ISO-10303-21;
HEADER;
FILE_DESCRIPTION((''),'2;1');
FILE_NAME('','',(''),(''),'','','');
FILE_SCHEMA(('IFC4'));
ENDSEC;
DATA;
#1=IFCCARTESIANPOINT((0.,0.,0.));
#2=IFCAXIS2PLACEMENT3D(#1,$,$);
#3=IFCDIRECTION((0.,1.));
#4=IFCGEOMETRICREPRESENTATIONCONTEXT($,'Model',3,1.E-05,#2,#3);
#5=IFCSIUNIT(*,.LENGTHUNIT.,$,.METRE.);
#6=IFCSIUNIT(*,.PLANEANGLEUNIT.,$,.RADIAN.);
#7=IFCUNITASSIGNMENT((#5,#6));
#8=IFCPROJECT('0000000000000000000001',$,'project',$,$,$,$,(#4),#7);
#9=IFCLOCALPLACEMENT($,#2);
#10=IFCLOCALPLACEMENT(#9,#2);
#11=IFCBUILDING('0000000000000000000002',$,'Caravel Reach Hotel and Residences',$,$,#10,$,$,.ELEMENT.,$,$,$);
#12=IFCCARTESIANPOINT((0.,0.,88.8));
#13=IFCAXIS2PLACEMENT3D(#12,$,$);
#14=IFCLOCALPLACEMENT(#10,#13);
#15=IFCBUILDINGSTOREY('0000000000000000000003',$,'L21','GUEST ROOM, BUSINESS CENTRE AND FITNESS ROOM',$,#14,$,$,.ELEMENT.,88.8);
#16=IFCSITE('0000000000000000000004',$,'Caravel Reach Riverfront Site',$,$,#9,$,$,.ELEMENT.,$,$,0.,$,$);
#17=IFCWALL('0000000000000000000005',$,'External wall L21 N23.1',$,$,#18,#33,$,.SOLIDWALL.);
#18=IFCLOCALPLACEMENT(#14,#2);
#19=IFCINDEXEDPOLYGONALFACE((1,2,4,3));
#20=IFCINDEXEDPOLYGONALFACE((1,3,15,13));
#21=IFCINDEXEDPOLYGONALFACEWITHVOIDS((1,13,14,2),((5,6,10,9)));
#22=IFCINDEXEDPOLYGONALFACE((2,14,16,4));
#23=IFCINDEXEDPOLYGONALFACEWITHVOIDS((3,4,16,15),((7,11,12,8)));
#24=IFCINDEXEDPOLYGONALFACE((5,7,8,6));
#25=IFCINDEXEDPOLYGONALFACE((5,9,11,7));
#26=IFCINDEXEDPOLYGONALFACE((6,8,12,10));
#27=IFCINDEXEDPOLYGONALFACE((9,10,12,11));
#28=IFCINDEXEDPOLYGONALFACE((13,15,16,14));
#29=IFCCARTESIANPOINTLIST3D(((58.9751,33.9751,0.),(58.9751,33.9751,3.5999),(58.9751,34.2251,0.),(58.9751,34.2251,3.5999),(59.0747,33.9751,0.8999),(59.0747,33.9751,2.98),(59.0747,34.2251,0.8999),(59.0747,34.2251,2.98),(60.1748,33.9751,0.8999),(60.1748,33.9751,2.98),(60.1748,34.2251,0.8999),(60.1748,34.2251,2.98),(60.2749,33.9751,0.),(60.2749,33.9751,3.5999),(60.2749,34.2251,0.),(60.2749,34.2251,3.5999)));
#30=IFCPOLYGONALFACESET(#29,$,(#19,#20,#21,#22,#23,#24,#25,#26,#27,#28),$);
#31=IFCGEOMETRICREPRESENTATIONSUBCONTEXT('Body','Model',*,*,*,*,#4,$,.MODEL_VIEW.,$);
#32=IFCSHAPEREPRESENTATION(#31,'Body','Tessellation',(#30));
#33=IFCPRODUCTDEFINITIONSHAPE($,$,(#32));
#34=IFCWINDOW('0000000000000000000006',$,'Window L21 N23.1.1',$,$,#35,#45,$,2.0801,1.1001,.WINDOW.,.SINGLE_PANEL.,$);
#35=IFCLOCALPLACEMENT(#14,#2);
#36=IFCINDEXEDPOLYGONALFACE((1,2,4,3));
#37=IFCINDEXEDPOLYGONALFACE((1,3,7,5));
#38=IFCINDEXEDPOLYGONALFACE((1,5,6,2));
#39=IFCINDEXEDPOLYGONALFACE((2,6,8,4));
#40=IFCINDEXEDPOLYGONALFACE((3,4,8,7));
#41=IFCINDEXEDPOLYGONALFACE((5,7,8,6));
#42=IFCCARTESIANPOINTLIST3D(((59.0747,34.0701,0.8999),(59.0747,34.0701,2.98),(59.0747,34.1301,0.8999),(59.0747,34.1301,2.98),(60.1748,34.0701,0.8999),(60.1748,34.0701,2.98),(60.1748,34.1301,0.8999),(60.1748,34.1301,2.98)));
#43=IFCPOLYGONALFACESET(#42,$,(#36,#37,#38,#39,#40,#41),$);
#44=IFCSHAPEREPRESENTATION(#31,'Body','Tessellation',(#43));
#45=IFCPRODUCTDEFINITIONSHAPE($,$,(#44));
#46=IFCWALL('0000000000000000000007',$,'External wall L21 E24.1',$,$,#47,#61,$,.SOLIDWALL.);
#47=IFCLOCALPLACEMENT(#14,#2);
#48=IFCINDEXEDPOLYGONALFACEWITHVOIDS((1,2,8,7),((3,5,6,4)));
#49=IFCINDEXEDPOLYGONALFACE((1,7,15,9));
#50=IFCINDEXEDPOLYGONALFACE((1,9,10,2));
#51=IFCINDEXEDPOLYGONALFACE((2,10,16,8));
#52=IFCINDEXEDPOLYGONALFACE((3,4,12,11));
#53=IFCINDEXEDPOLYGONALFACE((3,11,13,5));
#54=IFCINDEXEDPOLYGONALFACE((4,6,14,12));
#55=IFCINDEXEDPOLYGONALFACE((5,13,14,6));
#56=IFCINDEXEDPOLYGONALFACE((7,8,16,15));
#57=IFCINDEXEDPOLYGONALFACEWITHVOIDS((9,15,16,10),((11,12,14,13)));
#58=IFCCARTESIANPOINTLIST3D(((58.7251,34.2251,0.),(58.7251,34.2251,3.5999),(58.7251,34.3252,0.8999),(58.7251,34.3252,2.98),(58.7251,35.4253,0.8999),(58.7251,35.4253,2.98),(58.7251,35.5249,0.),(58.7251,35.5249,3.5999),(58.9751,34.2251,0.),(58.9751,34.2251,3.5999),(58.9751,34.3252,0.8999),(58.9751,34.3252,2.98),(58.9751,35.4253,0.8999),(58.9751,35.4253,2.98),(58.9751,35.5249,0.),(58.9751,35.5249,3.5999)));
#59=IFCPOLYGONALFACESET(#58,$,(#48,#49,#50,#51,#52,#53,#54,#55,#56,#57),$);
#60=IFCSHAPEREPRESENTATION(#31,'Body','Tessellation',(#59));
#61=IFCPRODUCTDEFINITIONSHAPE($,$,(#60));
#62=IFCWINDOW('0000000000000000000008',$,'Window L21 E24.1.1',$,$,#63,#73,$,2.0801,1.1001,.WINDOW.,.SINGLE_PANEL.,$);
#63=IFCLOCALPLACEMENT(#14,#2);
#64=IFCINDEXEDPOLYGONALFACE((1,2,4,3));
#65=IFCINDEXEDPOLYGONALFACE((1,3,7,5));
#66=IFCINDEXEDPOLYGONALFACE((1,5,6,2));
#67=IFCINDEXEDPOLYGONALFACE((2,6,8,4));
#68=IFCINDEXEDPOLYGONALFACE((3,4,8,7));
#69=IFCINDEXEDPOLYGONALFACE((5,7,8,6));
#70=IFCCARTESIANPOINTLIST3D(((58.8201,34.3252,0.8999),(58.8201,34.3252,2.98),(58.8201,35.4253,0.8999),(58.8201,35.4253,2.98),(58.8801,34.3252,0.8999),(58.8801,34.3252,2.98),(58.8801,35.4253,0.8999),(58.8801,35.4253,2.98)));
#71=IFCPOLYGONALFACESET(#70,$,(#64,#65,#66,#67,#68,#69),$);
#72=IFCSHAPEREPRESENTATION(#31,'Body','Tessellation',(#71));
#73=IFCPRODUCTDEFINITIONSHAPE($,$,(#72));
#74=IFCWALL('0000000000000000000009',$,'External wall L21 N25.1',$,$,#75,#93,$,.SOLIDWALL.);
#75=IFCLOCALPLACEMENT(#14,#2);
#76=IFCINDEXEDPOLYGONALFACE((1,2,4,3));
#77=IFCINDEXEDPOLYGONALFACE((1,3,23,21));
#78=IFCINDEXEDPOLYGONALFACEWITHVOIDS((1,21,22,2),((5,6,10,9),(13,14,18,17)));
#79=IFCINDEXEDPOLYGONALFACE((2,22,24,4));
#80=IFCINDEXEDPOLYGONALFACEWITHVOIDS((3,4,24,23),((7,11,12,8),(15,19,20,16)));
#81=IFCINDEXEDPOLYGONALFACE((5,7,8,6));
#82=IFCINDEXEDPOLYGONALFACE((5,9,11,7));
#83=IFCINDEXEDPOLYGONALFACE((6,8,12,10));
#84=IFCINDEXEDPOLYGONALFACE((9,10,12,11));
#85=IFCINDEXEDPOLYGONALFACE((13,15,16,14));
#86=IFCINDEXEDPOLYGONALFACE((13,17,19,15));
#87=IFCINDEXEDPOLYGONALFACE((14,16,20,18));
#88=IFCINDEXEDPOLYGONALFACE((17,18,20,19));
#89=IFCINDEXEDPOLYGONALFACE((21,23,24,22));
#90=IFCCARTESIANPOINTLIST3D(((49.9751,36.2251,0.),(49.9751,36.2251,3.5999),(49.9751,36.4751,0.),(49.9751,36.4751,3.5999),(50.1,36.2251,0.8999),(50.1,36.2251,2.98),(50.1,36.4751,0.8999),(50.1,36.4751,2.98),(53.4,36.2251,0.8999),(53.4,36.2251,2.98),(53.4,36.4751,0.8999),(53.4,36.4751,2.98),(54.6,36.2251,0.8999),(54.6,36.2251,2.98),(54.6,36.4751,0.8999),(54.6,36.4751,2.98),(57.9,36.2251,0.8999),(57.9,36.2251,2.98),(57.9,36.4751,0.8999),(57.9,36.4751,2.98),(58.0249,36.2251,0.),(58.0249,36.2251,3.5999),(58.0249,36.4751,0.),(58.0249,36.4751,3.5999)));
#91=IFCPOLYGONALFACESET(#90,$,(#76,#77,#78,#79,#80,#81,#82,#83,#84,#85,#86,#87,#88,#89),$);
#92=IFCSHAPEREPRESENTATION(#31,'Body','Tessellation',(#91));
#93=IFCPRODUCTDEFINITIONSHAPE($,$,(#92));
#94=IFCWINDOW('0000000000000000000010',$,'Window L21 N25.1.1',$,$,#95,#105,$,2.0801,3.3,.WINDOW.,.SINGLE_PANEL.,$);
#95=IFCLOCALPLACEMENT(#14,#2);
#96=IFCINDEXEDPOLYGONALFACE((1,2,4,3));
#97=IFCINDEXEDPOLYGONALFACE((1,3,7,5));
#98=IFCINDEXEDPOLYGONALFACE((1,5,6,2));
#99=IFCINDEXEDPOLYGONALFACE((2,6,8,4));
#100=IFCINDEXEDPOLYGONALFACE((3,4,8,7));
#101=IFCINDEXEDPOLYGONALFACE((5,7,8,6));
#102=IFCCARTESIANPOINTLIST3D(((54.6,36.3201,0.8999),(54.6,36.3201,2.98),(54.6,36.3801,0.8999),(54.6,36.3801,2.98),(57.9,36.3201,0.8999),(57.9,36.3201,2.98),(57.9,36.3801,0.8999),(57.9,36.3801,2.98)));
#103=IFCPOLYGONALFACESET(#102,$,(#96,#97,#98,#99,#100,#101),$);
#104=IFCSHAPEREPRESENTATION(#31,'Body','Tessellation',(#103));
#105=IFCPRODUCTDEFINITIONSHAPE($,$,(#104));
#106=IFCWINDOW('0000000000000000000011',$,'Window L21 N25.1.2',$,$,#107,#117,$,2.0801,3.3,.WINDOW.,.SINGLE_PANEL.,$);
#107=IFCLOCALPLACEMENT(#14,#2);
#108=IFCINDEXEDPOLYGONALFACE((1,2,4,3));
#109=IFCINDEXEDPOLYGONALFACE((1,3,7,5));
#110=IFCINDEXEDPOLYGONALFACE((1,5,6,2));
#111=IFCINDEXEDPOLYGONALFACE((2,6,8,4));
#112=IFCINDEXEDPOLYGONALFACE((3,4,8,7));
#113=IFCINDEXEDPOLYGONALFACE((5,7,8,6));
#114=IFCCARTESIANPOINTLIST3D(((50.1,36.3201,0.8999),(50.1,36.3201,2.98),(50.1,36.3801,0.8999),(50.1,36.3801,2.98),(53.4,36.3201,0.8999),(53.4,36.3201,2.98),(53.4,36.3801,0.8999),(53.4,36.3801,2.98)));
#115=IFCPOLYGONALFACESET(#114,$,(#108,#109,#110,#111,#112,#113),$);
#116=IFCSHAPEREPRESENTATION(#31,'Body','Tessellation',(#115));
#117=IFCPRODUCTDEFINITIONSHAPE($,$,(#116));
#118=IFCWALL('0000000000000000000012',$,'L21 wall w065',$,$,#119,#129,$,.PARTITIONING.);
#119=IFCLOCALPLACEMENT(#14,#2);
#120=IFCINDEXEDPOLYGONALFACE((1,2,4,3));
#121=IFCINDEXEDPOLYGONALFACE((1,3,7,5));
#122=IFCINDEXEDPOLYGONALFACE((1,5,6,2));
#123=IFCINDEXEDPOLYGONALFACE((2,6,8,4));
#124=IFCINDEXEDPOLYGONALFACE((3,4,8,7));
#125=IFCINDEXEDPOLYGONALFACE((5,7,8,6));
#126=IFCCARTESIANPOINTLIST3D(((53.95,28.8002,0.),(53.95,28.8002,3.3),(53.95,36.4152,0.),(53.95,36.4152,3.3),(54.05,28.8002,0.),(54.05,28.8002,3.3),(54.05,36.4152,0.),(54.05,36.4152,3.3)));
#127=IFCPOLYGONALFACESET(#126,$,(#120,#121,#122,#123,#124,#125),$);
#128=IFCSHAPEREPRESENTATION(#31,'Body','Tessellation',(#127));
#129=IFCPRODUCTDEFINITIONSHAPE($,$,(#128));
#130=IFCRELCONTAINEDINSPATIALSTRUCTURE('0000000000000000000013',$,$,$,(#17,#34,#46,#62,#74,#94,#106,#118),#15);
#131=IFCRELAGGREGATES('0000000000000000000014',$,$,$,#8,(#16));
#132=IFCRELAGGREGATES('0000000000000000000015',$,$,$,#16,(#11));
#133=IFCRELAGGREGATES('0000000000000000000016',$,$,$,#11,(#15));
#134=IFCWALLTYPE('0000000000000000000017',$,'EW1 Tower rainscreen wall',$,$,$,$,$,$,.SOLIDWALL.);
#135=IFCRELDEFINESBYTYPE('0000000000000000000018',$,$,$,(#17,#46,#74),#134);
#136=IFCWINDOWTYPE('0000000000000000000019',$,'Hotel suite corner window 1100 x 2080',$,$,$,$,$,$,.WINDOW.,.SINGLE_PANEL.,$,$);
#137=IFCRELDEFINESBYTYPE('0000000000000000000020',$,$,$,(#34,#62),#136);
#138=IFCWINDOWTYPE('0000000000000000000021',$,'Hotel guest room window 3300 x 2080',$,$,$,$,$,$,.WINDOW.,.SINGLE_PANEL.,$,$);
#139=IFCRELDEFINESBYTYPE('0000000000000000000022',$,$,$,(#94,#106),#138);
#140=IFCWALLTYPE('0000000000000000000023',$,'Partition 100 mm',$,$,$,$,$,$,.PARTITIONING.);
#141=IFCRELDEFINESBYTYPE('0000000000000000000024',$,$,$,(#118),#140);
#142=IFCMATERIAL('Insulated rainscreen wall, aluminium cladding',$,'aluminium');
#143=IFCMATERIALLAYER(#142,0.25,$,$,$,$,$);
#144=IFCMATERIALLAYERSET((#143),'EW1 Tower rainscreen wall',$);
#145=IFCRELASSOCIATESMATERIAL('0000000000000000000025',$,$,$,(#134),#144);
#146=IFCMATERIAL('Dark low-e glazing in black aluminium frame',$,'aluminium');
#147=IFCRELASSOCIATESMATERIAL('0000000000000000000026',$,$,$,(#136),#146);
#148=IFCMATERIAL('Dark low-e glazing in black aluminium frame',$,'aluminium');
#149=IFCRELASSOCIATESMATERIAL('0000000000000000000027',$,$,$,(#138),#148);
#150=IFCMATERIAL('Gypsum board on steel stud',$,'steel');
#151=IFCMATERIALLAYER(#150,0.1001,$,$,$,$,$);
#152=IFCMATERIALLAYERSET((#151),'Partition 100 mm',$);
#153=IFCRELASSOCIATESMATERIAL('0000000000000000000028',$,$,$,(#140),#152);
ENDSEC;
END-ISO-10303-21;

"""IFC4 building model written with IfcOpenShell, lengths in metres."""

from ifc_helpers import new_model, si_unit, direction, frame, frame_2d, origin, place, context, subcontext, project, spatial, rectangle, extrude, material, layer, layer_set, type_object, element, fill, save


model = new_model("IFC4")

# Units and contexts
model_context = context("Model", 3, precision=1e-05, world=origin(), true_north=direction((0.0, 1.0)))
body_context = subcontext(model_context, "Body", "Model", "MODEL_VIEW")
ifc_project = project(units=[si_unit("LENGTHUNIT", "METRE"), si_unit("PLANEANGLEUNIT", "RADIAN")], contexts=[model_context])

# Site, building, storey
site_placement = place(None, origin())
site = spatial("IfcSite", under=ifc_project, at=site_placement, Name="Caravel Reach Riverfront Site", CompositionType="ELEMENT", RefElevation=0.0)
building_placement = place(site_placement, origin())
building = spatial("IfcBuilding", under=site, at=building_placement, Name="Caravel Reach Hotel and Residences", CompositionType="ELEMENT")
storey_placement = place(building_placement, frame((0.0, 0.0, 88.8)))
storey = spatial("IfcBuildingStorey", under=building, at=storey_placement, Name="L21", Description="GUEST ROOM, BUSINESS CENTRE AND FITNESS ROOM", CompositionType="ELEMENT", Elevation=88.8)

# Walls, openings, windows
ifc_material_1 = material(Name="Insulated rainscreen wall, aluminium cladding", Category="aluminium")
ifc_layer_1 = layer(ifc_material_1, 0.25)
ifc_layer_set_1 = layer_set([ifc_layer_1], Name="EW1 Tower rainscreen wall")
wall_type_1 = type_object("IfcWallType", Name="EW1 Tower rainscreen wall", PredefinedType="SOLIDWALL", material=ifc_layer_set_1)
ifc_material_2 = material(Name="Dark low-e glazing in black aluminium frame", Category="aluminium")
window_type_1 = type_object("IfcWindowType", Name="Hotel suite corner window 1100 x 2080", PartitioningType="SINGLE_PANEL", PredefinedType="WINDOW", material=ifc_material_2)
wall_1_placement = place(storey_placement, frame((60.2749, 34.1001, 0.0), z_axis=(0.0, 0.0, 1.0), x_axis=(-1.0, 0.0, 0.0)))
wall_1 = element("IfcWall", 1, at=wall_1_placement, inside=storey, type_object=wall_type_1, Name="External wall L21 N23.1", PredefinedType="SOLIDWALL", context=body_context, shape_type="SweptSolid", body=[
    extrude(rectangle(XDim=1.2998, YDim=0.25, at=frame_2d((0.6499, 0.0))), origin(), (0.0, 0.0, 1.0), 3.5999),
])
opening_1_placement = place(wall_1_placement, frame((0.1001, 0.0, 0.8999)))
opening_1 = element("IfcOpeningElement", 2, at=opening_1_placement, cuts=wall_1, PredefinedType="OPENING", context=body_context, shape_type="SweptSolid", body=[
    extrude(rectangle(XDim=1.1001, YDim=2.0801, at=frame_2d((0.55, 1.04))), frame((0.0, 0.135, 0.0), z_axis=(0.0, -1.0, 0.0), x_axis=(1.0, 0.0, 0.0)), (0.0, 0.0, 1.0), 0.27),
])
window_1_placement = place(opening_1_placement, origin())
window_1 = element("IfcWindow", 3, at=window_1_placement, inside=storey, type_object=window_type_1, Name="Window L21 N23.1.1", OverallHeight=2.0801, OverallWidth=1.1001, PartitioningType="SINGLE_PANEL", PredefinedType="WINDOW", context=body_context, shape_type="SweptSolid", body=[
    extrude(rectangle(XDim=1.1001, YDim=2.0801, at=frame_2d((0.55, 1.04))), frame((0.0, 0.03, 0.0), z_axis=(0.0, -1.0, 0.0), x_axis=(1.0, 0.0, 0.0)), (0.0, 0.0, 1.0), 0.0601),
])
fill(opening_1, window_1)
wall_2_placement = place(storey_placement, frame((58.8501, 34.2251, 0.0), z_axis=(0.0, 0.0, 1.0), x_axis=(0.0, 1.0, 0.0)))
wall_2 = element("IfcWall", 4, at=wall_2_placement, inside=storey, type_object=wall_type_1, Name="External wall L21 E24.1", PredefinedType="SOLIDWALL", context=body_context, shape_type="SweptSolid", body=[
    extrude(rectangle(XDim=1.2998, YDim=0.25, at=frame_2d((0.6499, 0.0))), origin(), (0.0, 0.0, 1.0), 3.5999),
])
opening_2_placement = place(wall_2_placement, frame((0.1001, 0.0, 0.8999)))
opening_2 = element("IfcOpeningElement", 5, at=opening_2_placement, cuts=wall_2, PredefinedType="OPENING", context=body_context, shape_type="SweptSolid", body=[
    extrude(rectangle(XDim=1.1001, YDim=2.0801, at=frame_2d((0.55, 1.04))), frame((0.0, 0.135, 0.0), z_axis=(0.0, -1.0, 0.0), x_axis=(1.0, 0.0, 0.0)), (0.0, 0.0, 1.0), 0.27),
])
window_2_placement = place(opening_2_placement, origin())
window_2 = element("IfcWindow", 6, at=window_2_placement, inside=storey, type_object=window_type_1, Name="Window L21 E24.1.1", OverallHeight=2.0801, OverallWidth=1.1001, PartitioningType="SINGLE_PANEL", PredefinedType="WINDOW", context=body_context, shape_type="SweptSolid", body=[
    extrude(rectangle(XDim=1.1001, YDim=2.0801, at=frame_2d((0.55, 1.04))), frame((0.0, 0.03, 0.0), z_axis=(0.0, -1.0, 0.0), x_axis=(1.0, 0.0, 0.0)), (0.0, 0.0, 1.0), 0.0601),
])
fill(opening_2, window_2)

# Wall, openings, windows
wall_3_placement = place(storey_placement, frame((58.0249, 36.3501, 0.0), z_axis=(0.0, 0.0, 1.0), x_axis=(-1.0, 0.0, 0.0)))
wall_3 = element("IfcWall", 7, at=wall_3_placement, inside=storey, type_object=wall_type_1, Name="External wall L21 N25.1", PredefinedType="SOLIDWALL", context=body_context, shape_type="SweptSolid", body=[
    extrude(rectangle(XDim=8.0498, YDim=0.25, at=frame_2d((4.0249, 0.0))), origin(), (0.0, 0.0, 1.0), 3.5999),
])
opening_3_placement = place(wall_3_placement, frame((0.125, 0.0, 0.8999)))
opening_3 = element("IfcOpeningElement", 8, at=opening_3_placement, cuts=wall_3, PredefinedType="OPENING", context=body_context, shape_type="SweptSolid", body=[
    extrude(rectangle(XDim=3.3, YDim=2.0801, at=frame_2d((1.6499, 1.04))), frame((0.0, 0.135, 0.0), z_axis=(0.0, -1.0, 0.0), x_axis=(1.0, 0.0, 0.0)), (0.0, 0.0, 1.0), 0.27),
])
opening_4_placement = place(wall_3_placement, frame((4.625, 0.0, 0.8999)))
opening_4 = element("IfcOpeningElement", 9, at=opening_4_placement, cuts=wall_3, PredefinedType="OPENING", context=body_context, shape_type="SweptSolid", body=[
    extrude(rectangle(XDim=3.3, YDim=2.0801, at=frame_2d((1.6499, 1.04))), frame((0.0, 0.135, 0.0), z_axis=(0.0, -1.0, 0.0), x_axis=(1.0, 0.0, 0.0)), (0.0, 0.0, 1.0), 0.27),
])
ifc_material_3 = material(Name="Dark low-e glazing in black aluminium frame", Category="aluminium")
window_type_2 = type_object("IfcWindowType", Name="Hotel guest room window 3300 x 2080", PartitioningType="SINGLE_PANEL", PredefinedType="WINDOW", material=ifc_material_3)
window_3_placement = place(opening_3_placement, origin())
window_3 = element("IfcWindow", 10, at=window_3_placement, inside=storey, type_object=window_type_2, Name="Window L21 N25.1.1", OverallHeight=2.0801, OverallWidth=3.3, PartitioningType="SINGLE_PANEL", PredefinedType="WINDOW", context=body_context, shape_type="SweptSolid", body=[
    extrude(rectangle(XDim=3.3, YDim=2.0801, at=frame_2d((1.6499, 1.04))), frame((0.0, 0.03, 0.0), z_axis=(0.0, -1.0, 0.0), x_axis=(1.0, 0.0, 0.0)), (0.0, 0.0, 1.0), 0.0601),
])
fill(opening_3, window_3)
window_4_placement = place(opening_4_placement, origin())
window_4 = element("IfcWindow", 11, at=window_4_placement, inside=storey, type_object=window_type_2, Name="Window L21 N25.1.2", OverallHeight=2.0801, OverallWidth=3.3, PartitioningType="SINGLE_PANEL", PredefinedType="WINDOW", context=body_context, shape_type="SweptSolid", body=[
    extrude(rectangle(XDim=3.3, YDim=2.0801, at=frame_2d((1.6499, 1.04))), frame((0.0, 0.03, 0.0), z_axis=(0.0, -1.0, 0.0), x_axis=(1.0, 0.0, 0.0)), (0.0, 0.0, 1.0), 0.0601),
])
fill(opening_4, window_4)

# Wall
ifc_material_4 = material(Name="Gypsum board on steel stud", Category="steel")
ifc_layer_2 = layer(ifc_material_4, 0.1001)
ifc_layer_set_2 = layer_set([ifc_layer_2], Name="Partition 100 mm")
wall_type_2 = type_object("IfcWallType", Name="Partition 100 mm", PredefinedType="PARTITIONING", material=ifc_layer_set_2)
wall_4_placement = place(storey_placement, frame((54.0, 28.8, 0.0), z_axis=(0.0, 0.0, 1.0), x_axis=(0.0, 1.0, 0.0)))
element("IfcWall", 12, at=wall_4_placement, inside=storey, type_object=wall_type_2, Name="L21 wall w065", PredefinedType="PARTITIONING", context=body_context, shape_type="SweptSolid", body=[
    extrude(rectangle(XDim=7.615, YDim=0.1001, at=frame_2d((3.8076, 0.0))), origin(), (0.0, 0.0, 1.0), 3.3),
])

save(model, "model.ifc")
